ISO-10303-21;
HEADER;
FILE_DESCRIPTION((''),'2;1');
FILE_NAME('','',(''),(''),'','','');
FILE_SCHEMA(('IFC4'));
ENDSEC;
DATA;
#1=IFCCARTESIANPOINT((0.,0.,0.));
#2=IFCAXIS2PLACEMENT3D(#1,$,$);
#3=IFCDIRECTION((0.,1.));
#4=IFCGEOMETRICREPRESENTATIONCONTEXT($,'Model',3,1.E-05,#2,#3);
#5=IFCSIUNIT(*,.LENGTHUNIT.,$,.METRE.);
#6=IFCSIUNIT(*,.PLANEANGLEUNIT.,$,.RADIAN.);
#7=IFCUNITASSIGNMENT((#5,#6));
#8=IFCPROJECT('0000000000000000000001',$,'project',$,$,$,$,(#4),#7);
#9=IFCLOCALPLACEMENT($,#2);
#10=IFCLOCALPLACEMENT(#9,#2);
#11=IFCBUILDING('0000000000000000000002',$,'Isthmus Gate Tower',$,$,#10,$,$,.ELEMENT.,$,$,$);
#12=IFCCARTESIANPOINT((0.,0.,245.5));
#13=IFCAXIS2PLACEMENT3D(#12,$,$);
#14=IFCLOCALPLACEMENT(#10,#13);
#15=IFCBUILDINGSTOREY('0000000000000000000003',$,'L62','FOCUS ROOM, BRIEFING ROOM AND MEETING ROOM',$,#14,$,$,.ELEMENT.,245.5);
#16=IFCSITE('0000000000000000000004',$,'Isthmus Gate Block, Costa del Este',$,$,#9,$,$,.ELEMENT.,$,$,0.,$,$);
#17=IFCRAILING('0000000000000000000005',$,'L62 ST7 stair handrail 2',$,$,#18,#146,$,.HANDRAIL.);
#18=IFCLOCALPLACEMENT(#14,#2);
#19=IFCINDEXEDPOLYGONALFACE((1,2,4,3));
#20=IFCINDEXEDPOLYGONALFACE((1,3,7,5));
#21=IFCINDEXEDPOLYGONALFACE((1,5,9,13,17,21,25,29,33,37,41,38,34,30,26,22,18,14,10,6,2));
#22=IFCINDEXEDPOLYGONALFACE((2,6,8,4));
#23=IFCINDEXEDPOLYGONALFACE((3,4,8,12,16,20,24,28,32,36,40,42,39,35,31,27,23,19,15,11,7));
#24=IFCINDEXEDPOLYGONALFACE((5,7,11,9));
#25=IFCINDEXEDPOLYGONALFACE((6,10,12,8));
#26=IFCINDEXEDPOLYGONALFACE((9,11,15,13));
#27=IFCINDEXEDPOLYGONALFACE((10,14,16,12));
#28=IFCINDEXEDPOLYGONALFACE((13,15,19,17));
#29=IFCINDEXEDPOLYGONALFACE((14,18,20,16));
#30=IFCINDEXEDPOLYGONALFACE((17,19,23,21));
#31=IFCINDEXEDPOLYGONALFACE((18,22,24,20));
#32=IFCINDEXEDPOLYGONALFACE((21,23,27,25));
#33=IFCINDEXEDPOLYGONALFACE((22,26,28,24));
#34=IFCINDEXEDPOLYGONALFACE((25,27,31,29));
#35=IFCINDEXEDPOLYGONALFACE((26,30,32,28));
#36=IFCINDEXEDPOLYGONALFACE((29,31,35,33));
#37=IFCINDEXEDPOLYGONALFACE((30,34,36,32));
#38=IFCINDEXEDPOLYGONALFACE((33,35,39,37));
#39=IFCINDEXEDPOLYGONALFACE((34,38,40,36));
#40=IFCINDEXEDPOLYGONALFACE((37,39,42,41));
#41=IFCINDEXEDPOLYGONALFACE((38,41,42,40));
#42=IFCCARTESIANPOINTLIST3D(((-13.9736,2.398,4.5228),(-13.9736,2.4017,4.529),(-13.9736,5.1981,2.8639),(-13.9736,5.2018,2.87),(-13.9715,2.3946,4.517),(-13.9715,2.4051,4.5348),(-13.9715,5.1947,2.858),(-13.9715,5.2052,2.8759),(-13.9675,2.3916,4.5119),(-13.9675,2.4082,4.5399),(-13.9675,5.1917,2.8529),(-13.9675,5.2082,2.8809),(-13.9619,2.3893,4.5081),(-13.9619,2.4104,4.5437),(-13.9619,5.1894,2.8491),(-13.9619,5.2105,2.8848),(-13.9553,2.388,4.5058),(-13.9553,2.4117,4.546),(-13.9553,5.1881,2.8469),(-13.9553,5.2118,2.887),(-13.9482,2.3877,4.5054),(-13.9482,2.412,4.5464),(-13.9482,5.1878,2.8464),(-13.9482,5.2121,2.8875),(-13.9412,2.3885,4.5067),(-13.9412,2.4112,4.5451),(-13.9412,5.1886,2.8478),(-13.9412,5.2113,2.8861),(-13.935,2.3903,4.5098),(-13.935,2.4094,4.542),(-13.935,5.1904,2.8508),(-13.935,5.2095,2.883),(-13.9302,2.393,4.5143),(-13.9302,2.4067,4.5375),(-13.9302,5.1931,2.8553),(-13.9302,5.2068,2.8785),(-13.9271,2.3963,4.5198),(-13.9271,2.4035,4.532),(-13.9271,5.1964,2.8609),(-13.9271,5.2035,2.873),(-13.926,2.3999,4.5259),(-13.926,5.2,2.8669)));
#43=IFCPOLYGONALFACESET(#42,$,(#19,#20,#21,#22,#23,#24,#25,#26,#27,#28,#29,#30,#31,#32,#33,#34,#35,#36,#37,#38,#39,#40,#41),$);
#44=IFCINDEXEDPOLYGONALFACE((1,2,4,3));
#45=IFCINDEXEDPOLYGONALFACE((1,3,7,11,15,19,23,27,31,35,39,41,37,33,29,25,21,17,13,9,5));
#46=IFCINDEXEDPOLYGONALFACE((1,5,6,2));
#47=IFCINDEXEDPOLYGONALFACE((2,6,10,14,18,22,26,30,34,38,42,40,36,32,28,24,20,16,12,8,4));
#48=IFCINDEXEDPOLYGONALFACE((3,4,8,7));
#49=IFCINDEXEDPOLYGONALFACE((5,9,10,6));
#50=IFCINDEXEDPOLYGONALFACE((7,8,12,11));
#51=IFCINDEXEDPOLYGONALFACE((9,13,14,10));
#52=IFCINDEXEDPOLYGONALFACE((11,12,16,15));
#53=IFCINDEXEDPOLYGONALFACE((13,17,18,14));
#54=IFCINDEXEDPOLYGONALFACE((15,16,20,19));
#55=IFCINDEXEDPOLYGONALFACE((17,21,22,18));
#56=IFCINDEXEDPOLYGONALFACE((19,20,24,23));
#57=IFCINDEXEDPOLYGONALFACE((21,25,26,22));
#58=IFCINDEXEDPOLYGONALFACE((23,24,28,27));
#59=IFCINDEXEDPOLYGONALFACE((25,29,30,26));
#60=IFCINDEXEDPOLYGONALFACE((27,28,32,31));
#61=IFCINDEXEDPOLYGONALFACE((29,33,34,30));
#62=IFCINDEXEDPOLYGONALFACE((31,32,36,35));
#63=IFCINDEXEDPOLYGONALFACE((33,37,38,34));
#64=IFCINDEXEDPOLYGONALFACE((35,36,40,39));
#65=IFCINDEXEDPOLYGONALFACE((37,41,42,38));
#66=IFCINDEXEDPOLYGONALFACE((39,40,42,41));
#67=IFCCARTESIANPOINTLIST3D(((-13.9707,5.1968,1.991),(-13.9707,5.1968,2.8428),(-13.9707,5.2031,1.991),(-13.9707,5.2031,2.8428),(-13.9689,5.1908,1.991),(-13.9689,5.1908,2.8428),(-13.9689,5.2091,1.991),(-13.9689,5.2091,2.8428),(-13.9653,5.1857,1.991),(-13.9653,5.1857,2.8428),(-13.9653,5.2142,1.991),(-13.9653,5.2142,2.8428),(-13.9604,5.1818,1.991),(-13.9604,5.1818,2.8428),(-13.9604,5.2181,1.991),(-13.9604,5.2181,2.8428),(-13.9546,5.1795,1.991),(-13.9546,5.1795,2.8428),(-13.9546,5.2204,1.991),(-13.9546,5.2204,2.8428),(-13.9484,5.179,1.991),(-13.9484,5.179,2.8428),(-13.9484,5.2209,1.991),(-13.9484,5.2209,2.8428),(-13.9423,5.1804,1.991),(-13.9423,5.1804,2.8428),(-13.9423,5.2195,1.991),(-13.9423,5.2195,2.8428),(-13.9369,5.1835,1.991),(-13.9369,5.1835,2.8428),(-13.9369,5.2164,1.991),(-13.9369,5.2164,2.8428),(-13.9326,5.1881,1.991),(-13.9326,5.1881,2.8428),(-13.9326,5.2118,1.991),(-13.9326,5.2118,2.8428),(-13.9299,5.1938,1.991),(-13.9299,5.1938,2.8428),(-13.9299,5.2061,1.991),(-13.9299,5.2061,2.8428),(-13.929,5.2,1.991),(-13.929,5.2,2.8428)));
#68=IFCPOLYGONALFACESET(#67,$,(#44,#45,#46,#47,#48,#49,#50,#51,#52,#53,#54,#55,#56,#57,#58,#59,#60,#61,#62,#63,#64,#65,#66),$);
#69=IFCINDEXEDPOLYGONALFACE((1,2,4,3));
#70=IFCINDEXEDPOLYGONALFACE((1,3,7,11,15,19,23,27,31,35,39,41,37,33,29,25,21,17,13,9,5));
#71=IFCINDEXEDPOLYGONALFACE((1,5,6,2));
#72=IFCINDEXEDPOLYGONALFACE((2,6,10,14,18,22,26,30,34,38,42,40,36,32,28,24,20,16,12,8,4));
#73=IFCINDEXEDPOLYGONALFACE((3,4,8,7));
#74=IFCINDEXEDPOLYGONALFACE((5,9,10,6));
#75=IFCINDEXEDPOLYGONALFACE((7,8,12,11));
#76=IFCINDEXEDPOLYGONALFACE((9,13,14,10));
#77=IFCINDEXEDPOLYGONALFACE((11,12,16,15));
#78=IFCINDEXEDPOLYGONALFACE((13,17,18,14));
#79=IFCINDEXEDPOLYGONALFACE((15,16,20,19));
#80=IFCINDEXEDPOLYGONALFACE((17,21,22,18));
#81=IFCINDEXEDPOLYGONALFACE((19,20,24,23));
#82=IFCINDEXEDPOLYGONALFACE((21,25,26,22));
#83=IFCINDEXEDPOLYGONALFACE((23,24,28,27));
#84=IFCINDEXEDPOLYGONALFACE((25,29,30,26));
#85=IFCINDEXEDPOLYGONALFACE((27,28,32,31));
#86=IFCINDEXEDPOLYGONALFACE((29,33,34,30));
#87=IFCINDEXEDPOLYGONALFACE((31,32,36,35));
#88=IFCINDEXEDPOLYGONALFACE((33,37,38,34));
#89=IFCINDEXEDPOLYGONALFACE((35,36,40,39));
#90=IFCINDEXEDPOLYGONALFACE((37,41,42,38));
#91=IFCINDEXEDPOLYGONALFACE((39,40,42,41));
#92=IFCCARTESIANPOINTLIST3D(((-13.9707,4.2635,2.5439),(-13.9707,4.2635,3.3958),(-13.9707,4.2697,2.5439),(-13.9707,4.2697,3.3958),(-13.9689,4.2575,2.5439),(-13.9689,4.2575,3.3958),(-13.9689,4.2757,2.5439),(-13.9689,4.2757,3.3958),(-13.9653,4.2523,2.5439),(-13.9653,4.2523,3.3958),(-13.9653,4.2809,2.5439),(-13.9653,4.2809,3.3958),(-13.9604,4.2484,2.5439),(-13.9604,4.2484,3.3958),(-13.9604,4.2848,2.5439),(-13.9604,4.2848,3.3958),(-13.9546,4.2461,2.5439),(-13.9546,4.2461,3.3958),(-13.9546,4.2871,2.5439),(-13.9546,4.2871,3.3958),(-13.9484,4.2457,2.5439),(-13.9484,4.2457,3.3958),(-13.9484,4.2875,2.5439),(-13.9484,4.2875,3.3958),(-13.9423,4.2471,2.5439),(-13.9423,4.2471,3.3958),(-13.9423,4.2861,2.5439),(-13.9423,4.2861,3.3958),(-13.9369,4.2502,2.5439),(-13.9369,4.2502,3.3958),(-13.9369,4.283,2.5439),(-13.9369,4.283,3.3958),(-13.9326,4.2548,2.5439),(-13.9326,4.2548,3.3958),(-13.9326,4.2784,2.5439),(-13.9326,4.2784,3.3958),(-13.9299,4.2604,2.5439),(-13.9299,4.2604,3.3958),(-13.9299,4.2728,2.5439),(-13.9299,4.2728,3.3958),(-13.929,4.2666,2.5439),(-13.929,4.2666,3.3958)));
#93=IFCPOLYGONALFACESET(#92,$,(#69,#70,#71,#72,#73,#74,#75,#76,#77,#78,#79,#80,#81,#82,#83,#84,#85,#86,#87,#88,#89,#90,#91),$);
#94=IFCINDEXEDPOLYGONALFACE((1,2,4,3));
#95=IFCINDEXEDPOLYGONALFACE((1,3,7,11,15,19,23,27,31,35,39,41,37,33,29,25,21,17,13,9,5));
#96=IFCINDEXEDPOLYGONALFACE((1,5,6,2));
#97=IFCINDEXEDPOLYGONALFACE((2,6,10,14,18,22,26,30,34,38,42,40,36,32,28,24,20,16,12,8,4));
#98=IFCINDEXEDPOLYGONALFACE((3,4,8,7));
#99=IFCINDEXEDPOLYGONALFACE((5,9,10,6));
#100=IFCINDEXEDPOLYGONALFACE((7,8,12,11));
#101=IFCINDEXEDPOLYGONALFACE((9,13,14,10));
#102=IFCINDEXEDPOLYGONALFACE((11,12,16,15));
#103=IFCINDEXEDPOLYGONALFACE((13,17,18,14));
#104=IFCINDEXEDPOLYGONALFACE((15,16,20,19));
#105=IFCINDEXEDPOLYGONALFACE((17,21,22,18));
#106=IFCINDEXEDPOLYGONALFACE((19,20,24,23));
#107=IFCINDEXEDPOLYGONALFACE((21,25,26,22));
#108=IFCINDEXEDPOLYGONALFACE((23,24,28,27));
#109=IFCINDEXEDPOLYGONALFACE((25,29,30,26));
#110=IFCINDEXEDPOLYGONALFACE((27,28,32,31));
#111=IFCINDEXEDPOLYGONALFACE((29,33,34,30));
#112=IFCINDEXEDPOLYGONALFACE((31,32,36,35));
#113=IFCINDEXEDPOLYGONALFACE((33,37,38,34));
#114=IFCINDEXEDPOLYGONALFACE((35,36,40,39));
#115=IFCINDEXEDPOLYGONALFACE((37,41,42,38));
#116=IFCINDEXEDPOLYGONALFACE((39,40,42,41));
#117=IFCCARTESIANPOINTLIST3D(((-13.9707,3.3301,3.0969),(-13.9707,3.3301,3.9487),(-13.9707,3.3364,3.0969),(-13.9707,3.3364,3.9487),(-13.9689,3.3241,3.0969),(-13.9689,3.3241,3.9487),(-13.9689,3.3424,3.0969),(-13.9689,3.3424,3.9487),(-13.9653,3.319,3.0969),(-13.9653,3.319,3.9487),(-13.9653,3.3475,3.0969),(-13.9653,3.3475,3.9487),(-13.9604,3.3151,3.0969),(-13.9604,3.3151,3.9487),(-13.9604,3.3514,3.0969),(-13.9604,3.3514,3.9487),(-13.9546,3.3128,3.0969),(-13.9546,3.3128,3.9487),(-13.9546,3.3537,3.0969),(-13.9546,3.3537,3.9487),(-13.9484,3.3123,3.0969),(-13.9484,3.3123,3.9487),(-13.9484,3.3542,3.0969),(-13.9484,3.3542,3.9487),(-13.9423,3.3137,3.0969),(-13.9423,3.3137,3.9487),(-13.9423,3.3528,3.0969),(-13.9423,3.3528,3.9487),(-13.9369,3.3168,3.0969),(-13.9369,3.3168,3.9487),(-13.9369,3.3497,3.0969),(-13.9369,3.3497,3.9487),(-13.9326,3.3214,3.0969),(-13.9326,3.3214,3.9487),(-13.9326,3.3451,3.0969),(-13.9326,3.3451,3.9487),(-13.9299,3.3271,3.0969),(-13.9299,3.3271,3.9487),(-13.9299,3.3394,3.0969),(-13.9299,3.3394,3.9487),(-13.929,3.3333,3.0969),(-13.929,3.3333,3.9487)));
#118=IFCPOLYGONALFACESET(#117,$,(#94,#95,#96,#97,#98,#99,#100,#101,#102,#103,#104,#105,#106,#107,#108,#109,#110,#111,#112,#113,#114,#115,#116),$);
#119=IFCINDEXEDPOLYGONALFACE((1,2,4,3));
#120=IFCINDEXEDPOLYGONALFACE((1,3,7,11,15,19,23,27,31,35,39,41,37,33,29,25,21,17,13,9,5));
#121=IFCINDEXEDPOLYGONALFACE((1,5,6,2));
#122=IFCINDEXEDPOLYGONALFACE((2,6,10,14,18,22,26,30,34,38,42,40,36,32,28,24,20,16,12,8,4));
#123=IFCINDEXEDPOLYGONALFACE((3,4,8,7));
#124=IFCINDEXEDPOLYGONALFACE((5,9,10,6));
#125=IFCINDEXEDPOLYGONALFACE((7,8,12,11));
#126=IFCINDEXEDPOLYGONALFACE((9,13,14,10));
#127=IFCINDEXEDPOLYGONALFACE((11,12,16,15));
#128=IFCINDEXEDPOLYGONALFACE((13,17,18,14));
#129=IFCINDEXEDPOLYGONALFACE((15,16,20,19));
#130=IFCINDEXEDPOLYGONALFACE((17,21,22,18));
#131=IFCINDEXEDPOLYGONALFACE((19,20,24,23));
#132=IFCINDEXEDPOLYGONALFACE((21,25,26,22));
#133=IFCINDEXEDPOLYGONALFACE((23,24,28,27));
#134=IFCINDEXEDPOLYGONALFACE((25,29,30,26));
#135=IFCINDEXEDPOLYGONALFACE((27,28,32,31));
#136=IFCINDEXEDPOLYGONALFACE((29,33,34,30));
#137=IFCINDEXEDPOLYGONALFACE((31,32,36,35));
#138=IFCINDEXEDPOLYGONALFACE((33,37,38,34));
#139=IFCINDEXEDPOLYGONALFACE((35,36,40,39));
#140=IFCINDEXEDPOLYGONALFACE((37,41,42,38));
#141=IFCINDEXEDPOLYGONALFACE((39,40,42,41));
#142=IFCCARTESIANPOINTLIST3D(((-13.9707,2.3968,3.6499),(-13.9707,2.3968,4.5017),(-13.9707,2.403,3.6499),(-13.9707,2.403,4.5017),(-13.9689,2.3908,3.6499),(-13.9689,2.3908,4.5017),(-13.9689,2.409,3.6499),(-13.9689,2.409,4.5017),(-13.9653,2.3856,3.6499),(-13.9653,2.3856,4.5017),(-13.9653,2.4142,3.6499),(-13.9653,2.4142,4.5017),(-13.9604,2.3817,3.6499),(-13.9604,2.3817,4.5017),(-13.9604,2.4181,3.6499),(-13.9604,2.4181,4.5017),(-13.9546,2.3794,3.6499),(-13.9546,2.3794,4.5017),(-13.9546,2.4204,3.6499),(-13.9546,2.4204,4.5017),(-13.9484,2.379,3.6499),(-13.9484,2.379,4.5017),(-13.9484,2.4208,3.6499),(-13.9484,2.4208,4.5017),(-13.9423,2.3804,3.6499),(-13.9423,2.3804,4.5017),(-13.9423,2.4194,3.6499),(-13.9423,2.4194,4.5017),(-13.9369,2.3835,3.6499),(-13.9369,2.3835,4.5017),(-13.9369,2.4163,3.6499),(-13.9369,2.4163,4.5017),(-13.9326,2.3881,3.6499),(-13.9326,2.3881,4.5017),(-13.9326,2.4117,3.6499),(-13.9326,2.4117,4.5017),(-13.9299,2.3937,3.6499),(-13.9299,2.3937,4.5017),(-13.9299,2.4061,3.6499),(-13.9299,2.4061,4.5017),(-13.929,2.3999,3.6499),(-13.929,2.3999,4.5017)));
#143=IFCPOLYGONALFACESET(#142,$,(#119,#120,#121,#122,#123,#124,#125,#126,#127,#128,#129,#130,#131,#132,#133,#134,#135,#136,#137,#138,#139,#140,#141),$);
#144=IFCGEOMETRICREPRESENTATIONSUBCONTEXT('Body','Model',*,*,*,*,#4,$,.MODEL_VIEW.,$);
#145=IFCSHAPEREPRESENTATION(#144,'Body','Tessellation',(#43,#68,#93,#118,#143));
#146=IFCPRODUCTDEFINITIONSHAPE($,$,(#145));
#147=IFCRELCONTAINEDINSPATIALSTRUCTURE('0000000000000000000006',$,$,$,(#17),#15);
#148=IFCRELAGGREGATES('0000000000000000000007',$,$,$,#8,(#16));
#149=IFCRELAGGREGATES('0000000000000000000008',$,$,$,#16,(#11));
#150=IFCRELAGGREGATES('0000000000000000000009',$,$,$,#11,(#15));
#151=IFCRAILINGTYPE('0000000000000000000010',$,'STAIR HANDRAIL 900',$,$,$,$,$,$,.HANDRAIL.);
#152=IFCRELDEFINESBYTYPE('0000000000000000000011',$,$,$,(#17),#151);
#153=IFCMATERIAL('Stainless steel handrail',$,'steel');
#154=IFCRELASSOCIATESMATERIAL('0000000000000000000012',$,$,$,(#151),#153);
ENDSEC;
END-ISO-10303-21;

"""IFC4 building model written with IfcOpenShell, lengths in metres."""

from ifc_helpers import new_model, si_unit, direction, frame, origin, origin_2d, place, context, subcontext, project, spatial, circle, extrude, material, type_object, element, save


model = new_model("IFC4")

# Units and contexts
model_context = context("Model", 3, precision=1e-05, world=origin(), true_north=direction((0.0, 1.0)))
body_context = subcontext(model_context, "Body", "Model", "MODEL_VIEW")
ifc_project = project(units=[si_unit("LENGTHUNIT", "METRE"), si_unit("PLANEANGLEUNIT", "RADIAN")], contexts=[model_context])

# Site, building, storey
site_placement = place(None, origin())
site = spatial("IfcSite", under=ifc_project, at=site_placement, Name="Isthmus Gate Block, Costa del Este", CompositionType="ELEMENT", RefElevation=0.0)
building_placement = place(site_placement, origin())
building = spatial("IfcBuilding", under=site, at=building_placement, Name="Isthmus Gate Tower", CompositionType="ELEMENT")
storey_placement = place(building_placement, frame((0.0, 0.0, 245.5)))
storey = spatial("IfcBuildingStorey", under=building, at=storey_placement, Name="L62", Description="FOCUS ROOM, BRIEFING ROOM AND MEETING ROOM", CompositionType="ELEMENT", Elevation=245.5)

# Railing
ifc_material_1 = material(Name="Stainless steel handrail", Category="steel")
railing_type = type_object("IfcRailingType", Name="STAIR HANDRAIL 900", PredefinedType="HANDRAIL", material=ifc_material_1)
for number, where, name in (
    (1, (-13.95, 5.2, 1.991), "L62 ST7 stair handrail 2"),
):
    element("IfcRailing", number, at=place(storey_placement, frame(where)), inside=storey, type_object=railing_type, Name=name, PredefinedType="HANDRAIL", context=body_context, shape_type="SweptSolid", body=[
        extrude(circle(Radius=0.0239, at=origin_2d()), frame((0.0, 0.0, 0.876), z_axis=(0.0, -0.860339, 0.509722), x_axis=(1.0, 0.0, 0.0)), (0.0, 0.0, 1.0), 3.2546),
        extrude(circle(Radius=0.021, at=origin_2d()), origin(), (0.0, 0.0, 1.0), 0.8518),
        extrude(circle(Radius=0.021, at=origin_2d()), frame((0.0, -0.9333, 0.553)), (0.0, 0.0, 1.0), 0.8518),
        extrude(circle(Radius=0.021, at=origin_2d()), frame((0.0, -1.8667, 1.106)), (0.0, 0.0, 1.0), 0.8518),
        extrude(circle(Radius=0.021, at=origin_2d()), frame((0.0, -2.8, 1.6589)), (0.0, 0.0, 1.0), 0.8518),
    ])

save(model, "model.ifc")
